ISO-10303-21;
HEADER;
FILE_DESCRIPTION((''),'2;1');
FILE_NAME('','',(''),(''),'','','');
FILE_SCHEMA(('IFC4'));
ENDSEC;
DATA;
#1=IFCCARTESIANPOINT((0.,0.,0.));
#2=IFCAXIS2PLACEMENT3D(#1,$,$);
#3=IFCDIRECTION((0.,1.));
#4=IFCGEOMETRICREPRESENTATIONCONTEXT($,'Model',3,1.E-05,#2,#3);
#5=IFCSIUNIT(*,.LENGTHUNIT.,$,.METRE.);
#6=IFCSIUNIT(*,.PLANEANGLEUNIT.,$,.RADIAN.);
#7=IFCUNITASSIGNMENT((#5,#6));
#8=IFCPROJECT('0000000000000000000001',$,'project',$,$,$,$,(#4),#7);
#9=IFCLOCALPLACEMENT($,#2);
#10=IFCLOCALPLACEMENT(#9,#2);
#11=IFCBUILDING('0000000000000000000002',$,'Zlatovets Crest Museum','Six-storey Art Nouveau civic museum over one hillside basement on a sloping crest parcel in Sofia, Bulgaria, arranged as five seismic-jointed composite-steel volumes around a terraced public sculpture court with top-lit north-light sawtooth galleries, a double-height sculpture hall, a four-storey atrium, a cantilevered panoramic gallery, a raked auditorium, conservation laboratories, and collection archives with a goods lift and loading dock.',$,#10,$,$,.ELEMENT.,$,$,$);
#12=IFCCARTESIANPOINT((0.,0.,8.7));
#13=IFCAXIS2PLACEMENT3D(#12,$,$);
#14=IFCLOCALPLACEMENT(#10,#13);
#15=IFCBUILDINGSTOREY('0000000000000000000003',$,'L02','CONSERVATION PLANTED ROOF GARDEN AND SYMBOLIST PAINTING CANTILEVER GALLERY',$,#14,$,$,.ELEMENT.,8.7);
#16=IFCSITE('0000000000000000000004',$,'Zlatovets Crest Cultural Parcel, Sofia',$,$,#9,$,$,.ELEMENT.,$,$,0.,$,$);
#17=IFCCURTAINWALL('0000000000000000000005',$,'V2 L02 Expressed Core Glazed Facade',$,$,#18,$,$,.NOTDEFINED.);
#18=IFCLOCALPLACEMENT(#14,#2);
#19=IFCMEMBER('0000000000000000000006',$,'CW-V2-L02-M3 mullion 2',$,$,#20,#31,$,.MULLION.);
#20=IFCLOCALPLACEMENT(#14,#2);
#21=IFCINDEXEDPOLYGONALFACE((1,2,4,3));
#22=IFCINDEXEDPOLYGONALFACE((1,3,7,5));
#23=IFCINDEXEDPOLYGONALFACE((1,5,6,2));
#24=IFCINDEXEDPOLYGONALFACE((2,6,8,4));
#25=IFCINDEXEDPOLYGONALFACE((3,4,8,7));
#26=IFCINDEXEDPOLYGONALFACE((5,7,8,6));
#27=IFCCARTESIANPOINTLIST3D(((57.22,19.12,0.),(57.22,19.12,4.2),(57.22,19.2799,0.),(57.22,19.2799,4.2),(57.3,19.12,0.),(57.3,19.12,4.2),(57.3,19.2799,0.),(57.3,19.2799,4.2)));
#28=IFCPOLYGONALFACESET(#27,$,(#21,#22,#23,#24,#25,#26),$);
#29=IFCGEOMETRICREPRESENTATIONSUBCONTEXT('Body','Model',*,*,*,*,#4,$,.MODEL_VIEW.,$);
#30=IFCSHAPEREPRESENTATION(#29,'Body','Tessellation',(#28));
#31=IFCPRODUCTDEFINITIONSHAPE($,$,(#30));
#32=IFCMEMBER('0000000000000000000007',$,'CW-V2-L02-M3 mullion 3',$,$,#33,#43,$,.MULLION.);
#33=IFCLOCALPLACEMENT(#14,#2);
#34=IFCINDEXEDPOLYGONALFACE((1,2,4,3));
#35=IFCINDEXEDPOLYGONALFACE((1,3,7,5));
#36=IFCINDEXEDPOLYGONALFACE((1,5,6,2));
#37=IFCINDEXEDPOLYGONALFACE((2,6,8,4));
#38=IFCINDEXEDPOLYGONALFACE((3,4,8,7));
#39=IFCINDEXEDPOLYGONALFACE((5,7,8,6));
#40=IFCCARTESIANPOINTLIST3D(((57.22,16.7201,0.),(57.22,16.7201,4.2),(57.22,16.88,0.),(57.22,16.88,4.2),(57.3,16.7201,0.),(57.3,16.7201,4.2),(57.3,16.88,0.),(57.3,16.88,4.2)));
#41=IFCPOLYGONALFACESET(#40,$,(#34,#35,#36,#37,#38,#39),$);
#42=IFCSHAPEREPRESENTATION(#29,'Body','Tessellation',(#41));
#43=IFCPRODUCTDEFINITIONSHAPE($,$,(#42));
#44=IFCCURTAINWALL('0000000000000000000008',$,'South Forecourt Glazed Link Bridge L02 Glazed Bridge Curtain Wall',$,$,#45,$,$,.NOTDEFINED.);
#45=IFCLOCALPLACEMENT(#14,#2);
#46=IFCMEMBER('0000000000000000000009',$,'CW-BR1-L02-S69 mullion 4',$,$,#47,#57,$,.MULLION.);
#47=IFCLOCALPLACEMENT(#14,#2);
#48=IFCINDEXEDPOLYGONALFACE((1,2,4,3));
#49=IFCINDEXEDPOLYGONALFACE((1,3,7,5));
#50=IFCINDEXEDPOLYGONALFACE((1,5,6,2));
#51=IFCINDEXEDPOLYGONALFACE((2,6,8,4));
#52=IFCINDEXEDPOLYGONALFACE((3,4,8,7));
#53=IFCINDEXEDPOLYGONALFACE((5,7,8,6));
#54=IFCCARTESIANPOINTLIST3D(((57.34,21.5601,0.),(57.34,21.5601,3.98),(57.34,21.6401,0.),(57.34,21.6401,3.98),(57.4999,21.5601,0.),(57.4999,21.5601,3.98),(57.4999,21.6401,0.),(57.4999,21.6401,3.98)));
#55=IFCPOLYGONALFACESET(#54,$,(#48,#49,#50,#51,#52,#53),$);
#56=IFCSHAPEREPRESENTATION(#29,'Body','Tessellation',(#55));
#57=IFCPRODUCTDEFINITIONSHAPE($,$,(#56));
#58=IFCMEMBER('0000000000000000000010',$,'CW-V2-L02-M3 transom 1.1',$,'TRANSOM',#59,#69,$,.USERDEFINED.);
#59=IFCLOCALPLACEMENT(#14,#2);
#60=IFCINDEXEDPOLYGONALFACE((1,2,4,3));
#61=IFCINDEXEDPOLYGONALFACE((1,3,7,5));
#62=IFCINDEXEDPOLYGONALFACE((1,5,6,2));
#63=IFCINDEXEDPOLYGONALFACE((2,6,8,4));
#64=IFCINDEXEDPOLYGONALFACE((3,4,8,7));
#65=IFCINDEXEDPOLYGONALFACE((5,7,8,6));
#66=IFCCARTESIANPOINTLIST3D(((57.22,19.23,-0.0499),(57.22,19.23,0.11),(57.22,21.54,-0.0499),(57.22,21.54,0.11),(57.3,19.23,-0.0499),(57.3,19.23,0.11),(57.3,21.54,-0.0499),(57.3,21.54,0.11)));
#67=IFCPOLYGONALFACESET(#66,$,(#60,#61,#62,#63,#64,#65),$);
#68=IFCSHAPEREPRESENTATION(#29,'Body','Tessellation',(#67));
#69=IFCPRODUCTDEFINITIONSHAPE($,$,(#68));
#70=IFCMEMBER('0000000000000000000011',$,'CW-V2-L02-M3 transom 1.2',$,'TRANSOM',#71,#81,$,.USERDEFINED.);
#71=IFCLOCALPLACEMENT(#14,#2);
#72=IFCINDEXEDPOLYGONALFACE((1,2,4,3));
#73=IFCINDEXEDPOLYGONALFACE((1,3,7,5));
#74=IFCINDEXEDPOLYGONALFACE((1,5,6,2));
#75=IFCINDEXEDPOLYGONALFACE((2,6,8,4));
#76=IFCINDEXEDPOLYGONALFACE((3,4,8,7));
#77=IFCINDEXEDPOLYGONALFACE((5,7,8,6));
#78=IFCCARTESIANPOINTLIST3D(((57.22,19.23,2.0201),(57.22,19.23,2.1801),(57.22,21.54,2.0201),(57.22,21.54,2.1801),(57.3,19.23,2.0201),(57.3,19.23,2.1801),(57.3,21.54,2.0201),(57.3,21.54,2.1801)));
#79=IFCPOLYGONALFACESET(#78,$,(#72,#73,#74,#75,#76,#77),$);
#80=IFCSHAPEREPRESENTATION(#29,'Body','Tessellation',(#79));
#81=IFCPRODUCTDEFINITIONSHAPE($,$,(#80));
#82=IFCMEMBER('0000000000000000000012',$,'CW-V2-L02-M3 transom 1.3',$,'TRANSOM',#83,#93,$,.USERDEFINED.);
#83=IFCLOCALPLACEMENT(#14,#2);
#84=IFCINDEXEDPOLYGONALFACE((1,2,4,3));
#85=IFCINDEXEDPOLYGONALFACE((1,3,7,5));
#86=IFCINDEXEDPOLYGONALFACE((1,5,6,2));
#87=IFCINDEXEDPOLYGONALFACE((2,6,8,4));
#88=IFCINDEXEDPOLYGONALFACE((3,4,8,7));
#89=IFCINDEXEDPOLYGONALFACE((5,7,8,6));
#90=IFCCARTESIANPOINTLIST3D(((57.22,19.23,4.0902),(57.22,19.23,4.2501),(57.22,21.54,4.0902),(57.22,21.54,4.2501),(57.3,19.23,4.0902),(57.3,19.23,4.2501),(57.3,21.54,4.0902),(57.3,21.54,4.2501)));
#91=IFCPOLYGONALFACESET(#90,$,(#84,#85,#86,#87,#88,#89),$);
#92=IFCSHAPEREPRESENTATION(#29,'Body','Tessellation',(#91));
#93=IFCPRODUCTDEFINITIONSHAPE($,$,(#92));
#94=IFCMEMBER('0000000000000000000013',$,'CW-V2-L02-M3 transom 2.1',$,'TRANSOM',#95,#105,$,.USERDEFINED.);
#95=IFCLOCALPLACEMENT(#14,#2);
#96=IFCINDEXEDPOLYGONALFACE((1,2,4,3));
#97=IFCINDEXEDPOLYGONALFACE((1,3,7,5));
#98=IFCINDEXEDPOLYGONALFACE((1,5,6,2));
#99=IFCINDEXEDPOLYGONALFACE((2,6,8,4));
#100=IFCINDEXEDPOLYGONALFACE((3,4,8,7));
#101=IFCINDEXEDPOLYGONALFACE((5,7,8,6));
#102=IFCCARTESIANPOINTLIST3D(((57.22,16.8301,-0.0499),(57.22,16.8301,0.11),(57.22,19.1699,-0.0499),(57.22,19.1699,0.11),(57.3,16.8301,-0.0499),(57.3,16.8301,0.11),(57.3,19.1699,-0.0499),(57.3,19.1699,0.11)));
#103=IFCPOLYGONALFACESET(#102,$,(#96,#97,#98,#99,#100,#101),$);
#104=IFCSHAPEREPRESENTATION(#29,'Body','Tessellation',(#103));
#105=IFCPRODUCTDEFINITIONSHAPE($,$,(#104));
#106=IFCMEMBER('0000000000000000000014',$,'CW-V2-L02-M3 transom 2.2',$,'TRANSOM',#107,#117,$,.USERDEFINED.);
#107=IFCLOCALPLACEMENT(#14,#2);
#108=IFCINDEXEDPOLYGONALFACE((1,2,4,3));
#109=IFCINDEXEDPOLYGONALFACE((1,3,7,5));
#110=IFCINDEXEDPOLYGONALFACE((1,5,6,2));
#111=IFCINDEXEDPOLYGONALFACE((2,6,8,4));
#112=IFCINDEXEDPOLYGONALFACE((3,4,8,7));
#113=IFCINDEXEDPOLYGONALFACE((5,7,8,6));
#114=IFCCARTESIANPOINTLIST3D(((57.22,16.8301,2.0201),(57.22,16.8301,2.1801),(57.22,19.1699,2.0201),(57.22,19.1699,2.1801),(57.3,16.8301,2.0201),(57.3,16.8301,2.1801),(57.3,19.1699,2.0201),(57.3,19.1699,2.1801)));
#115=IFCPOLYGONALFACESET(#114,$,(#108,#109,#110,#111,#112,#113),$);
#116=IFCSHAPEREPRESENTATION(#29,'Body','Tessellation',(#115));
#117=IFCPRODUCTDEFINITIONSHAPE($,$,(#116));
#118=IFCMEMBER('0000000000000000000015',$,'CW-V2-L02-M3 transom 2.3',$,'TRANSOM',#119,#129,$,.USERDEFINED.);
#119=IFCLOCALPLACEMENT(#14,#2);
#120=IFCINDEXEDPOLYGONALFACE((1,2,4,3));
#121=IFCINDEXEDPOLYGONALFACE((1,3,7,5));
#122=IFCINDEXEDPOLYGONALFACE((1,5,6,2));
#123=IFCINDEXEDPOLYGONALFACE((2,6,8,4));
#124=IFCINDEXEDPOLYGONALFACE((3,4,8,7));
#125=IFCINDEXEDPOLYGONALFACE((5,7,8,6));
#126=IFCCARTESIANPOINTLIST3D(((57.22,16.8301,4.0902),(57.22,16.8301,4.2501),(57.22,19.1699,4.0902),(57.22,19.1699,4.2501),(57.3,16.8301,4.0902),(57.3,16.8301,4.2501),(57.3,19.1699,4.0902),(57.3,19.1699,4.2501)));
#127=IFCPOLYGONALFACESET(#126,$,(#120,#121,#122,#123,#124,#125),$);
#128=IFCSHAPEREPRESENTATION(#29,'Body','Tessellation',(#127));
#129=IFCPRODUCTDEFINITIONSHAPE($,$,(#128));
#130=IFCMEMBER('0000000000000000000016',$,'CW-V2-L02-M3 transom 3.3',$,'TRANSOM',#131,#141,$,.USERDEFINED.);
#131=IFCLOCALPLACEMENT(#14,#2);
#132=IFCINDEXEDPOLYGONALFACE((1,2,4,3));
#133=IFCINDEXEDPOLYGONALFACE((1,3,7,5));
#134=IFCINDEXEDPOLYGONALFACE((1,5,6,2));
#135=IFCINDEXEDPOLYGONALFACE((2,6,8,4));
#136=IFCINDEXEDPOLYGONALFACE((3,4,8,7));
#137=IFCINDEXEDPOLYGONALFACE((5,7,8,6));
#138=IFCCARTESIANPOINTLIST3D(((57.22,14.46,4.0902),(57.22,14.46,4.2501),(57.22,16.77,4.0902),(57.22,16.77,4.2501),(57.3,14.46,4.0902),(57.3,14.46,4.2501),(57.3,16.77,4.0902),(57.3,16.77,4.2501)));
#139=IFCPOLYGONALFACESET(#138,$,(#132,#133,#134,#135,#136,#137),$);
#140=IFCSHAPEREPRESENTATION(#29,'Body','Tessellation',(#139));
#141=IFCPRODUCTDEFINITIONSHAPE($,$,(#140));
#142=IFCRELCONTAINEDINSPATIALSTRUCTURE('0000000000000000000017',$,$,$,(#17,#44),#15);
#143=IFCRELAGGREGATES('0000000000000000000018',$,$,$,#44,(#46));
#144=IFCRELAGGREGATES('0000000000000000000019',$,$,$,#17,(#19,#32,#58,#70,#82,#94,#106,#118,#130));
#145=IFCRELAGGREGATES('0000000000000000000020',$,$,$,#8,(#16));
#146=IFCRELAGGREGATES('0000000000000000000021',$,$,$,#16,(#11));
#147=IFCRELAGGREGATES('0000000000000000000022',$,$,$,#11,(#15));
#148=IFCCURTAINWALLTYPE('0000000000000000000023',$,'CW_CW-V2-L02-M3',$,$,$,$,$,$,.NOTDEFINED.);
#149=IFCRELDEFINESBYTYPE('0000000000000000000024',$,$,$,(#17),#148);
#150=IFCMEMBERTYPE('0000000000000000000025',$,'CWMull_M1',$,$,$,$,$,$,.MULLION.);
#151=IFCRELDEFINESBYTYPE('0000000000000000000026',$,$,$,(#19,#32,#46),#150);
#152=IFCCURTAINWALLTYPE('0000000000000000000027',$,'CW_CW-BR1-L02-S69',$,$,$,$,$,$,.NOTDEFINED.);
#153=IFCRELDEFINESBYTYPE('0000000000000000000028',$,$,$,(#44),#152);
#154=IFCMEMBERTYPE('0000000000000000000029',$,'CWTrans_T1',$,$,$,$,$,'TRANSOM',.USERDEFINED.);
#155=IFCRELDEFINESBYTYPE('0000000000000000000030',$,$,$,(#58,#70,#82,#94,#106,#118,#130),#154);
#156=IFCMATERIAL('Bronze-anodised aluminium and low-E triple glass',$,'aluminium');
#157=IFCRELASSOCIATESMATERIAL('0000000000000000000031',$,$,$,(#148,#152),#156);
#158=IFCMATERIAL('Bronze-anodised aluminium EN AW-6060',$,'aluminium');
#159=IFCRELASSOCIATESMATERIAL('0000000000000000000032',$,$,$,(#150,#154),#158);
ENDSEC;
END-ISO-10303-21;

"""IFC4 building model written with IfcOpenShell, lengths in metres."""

from ifc_helpers import new_model, si_unit, direction, frame, origin, origin_2d, place, context, subcontext, project, spatial, rectangle, extrude, material, material_profile, profile_set, type_object, element, aggregate, save


model = new_model("IFC4")

# Units and contexts
model_context = context("Model", 3, precision=1e-05, world=origin(), true_north=direction((0.0, 1.0)))
body_context = subcontext(model_context, "Body", "Model", "MODEL_VIEW")
ifc_project = project(units=[si_unit("LENGTHUNIT", "METRE"), si_unit("PLANEANGLEUNIT", "RADIAN")], contexts=[model_context])

# Site, building, storey
site_placement = place(None, origin())
site = spatial("IfcSite", under=ifc_project, at=site_placement, Name="Zlatovets Crest Cultural Parcel, Sofia", CompositionType="ELEMENT", RefElevation=0.0)
building_placement = place(site_placement, origin())
building = spatial("IfcBuilding", under=site, at=building_placement, Name="Zlatovets Crest Museum", Description="Six-storey Art Nouveau civic museum over one hillside basement on a sloping crest parcel in Sofia, Bulgaria, arranged as five seismic-jointed composite-steel volumes around a terraced public sculpture court with top-lit north-light sawtooth galleries, a double-height sculpture hall, a four-storey atrium, a cantilevered panoramic gallery, a raked auditorium, conservation laboratories, and collection archives with a goods lift and loading dock.", CompositionType="ELEMENT")
storey_placement = place(building_placement, frame((0.0, 0.0, 8.7)))
storey = spatial("IfcBuildingStorey", under=building, at=storey_placement, Name="L02", Description="CONSERVATION PLANTED ROOF GARDEN AND SYMBOLIST PAINTING CANTILEVER GALLERY", CompositionType="ELEMENT", Elevation=8.7)

# Curtain wall, members
ifc_material_1 = material(Name="Bronze-anodised aluminium and low-E triple glass", Category="aluminium")
curtain_wall_type_1 = type_object("IfcCurtainWallType", Name="CW_CW-V2-L02-M3", PredefinedType="NOTDEFINED", material=ifc_material_1)
curtain_wall_1_placement = place(storey_placement, origin())
curtain_wall_1 = element("IfcCurtainWall", 1, at=curtain_wall_1_placement, inside=storey, type_object=curtain_wall_type_1, Name="V2 L02 Expressed Core Glazed Facade", PredefinedType="NOTDEFINED")
ifc_material_2 = material(Name="Bronze-anodised aluminium EN AW-6060", Category="aluminium")
ifc_material_profile_1 = material_profile(ifc_material_2, rectangle(XDim=0.0801, YDim=0.1599, at=origin_2d()), Name="ALU 80x160")
ifc_profile_set_1 = profile_set([ifc_material_profile_1], Name="Bronze-anodised aluminium EN AW-6060")
member_type_1 = type_object("IfcMemberType", Name="CWMull_M1", PredefinedType="MULLION", material=ifc_profile_set_1)
member_1_placement = place(storey_placement, frame((57.26, 19.2, 0.0), z_axis=(0.0, 0.0, 1.0), x_axis=(1.0, 0.0, 0.0)))
member_1 = element("IfcMember", 2, at=member_1_placement, type_object=member_type_1, Name="CW-V2-L02-M3 mullion 2", PredefinedType="MULLION", context=body_context, shape_type="SweptSolid", body=[
    extrude(rectangle(XDim=0.0801, YDim=0.1599, at=origin_2d()), origin(), (0.0, 0.0, 1.0), 4.2),
])
member_2_placement = place(storey_placement, frame((57.26, 16.8, 0.0), z_axis=(0.0, 0.0, 1.0), x_axis=(1.0, 0.0, 0.0)))
member_2 = element("IfcMember", 3, at=member_2_placement, type_object=member_type_1, Name="CW-V2-L02-M3 mullion 3", PredefinedType="MULLION", context=body_context, shape_type="SweptSolid", body=[
    extrude(rectangle(XDim=0.0801, YDim=0.1599, at=origin_2d()), origin(), (0.0, 0.0, 1.0), 4.2),
])

# Curtain wall, member
curtain_wall_type_2 = type_object("IfcCurtainWallType", Name="CW_CW-BR1-L02-S69", PredefinedType="NOTDEFINED", material=ifc_material_1)
curtain_wall_2_placement = place(storey_placement, origin())
curtain_wall_2 = element("IfcCurtainWall", 4, at=curtain_wall_2_placement, inside=storey, type_object=curtain_wall_type_2, Name="South Forecourt Glazed Link Bridge L02 Glazed Bridge Curtain Wall", PredefinedType="NOTDEFINED")
member_3_placement = place(storey_placement, frame((57.4199, 21.6001, 0.0), z_axis=(0.0, 0.0, 1.0), x_axis=(0.0, 1.0, 0.0)))
member_3 = element("IfcMember", 5, at=member_3_placement, type_object=member_type_1, Name="CW-BR1-L02-S69 mullion 4", PredefinedType="MULLION", context=body_context, shape_type="SweptSolid", body=[
    extrude(rectangle(XDim=0.0801, YDim=0.1599, at=origin_2d()), origin(), (0.0, 0.0, 1.0), 3.98),
])
aggregate(curtain_wall_2, [member_3])

# Members
ifc_material_profile_2 = material_profile(ifc_material_2, rectangle(XDim=0.0801, YDim=0.1599, at=origin_2d()), Name="ALU 80x160")
ifc_profile_set_2 = profile_set([ifc_material_profile_2], Name="Bronze-anodised aluminium EN AW-6060")
member_type_2 = type_object("IfcMemberType", Name="CWTrans_T1", ElementType="TRANSOM", PredefinedType="USERDEFINED", material=ifc_profile_set_2)
member_4_placement = place(storey_placement, frame((57.26, 21.54, 0.03), z_axis=(0.0, -1.0, 0.0), x_axis=(1.0, 0.0, 0.0)))
member_4 = element("IfcMember", 6, at=member_4_placement, type_object=member_type_2, Name="CW-V2-L02-M3 transom 1.1", ObjectType="TRANSOM", PredefinedType="USERDEFINED", context=body_context, shape_type="SweptSolid", body=[
    extrude(rectangle(XDim=0.0801, YDim=0.1599, at=origin_2d()), origin(), (0.0, 0.0, 1.0), 2.3101),
])
member_5_placement = place(storey_placement, frame((57.26, 21.54, 2.1001), z_axis=(0.0, -1.0, 0.0), x_axis=(1.0, 0.0, 0.0)))
member_5 = element("IfcMember", 7, at=member_5_placement, type_object=member_type_2, Name="CW-V2-L02-M3 transom 1.2", ObjectType="TRANSOM", PredefinedType="USERDEFINED", context=body_context, shape_type="SweptSolid", body=[
    extrude(rectangle(XDim=0.0801, YDim=0.1599, at=origin_2d()), origin(), (0.0, 0.0, 1.0), 2.3101),
])
member_6_placement = place(storey_placement, frame((57.26, 21.54, 4.1702), z_axis=(0.0, -1.0, 0.0), x_axis=(1.0, 0.0, 0.0)))
member_6 = element("IfcMember", 8, at=member_6_placement, type_object=member_type_2, Name="CW-V2-L02-M3 transom 1.3", ObjectType="TRANSOM", PredefinedType="USERDEFINED", context=body_context, shape_type="SweptSolid", body=[
    extrude(rectangle(XDim=0.0801, YDim=0.1599, at=origin_2d()), origin(), (0.0, 0.0, 1.0), 2.3101),
])
member_7_placement = place(storey_placement, frame((57.26, 19.1699, 0.03), z_axis=(0.0, -1.0, 0.0), x_axis=(1.0, 0.0, 0.0)))
member_7 = element("IfcMember", 9, at=member_7_placement, type_object=member_type_2, Name="CW-V2-L02-M3 transom 2.1", ObjectType="TRANSOM", PredefinedType="USERDEFINED", context=body_context, shape_type="SweptSolid", body=[
    extrude(rectangle(XDim=0.0801, YDim=0.1599, at=origin_2d()), origin(), (0.0, 0.0, 1.0), 2.3398),
])
member_8_placement = place(storey_placement, frame((57.26, 19.1699, 2.1001), z_axis=(0.0, -1.0, 0.0), x_axis=(1.0, 0.0, 0.0)))
member_8 = element("IfcMember", 10, at=member_8_placement, type_object=member_type_2, Name="CW-V2-L02-M3 transom 2.2", ObjectType="TRANSOM", PredefinedType="USERDEFINED", context=body_context, shape_type="SweptSolid", body=[
    extrude(rectangle(XDim=0.0801, YDim=0.1599, at=origin_2d()), origin(), (0.0, 0.0, 1.0), 2.3398),
])
member_9_placement = place(storey_placement, frame((57.26, 19.1699, 4.1702), z_axis=(0.0, -1.0, 0.0), x_axis=(1.0, 0.0, 0.0)))
member_9 = element("IfcMember", 11, at=member_9_placement, type_object=member_type_2, Name="CW-V2-L02-M3 transom 2.3", ObjectType="TRANSOM", PredefinedType="USERDEFINED", context=body_context, shape_type="SweptSolid", body=[
    extrude(rectangle(XDim=0.0801, YDim=0.1599, at=origin_2d()), origin(), (0.0, 0.0, 1.0), 2.3398),
])
member_10_placement = place(storey_placement, frame((57.26, 16.77, 4.1702), z_axis=(0.0, -1.0, 0.0), x_axis=(1.0, 0.0, 0.0)))
member_10 = element("IfcMember", 12, at=member_10_placement, type_object=member_type_2, Name="CW-V2-L02-M3 transom 3.3", ObjectType="TRANSOM", PredefinedType="USERDEFINED", context=body_context, shape_type="SweptSolid", body=[
    extrude(rectangle(XDim=0.0801, YDim=0.1599, at=origin_2d()), origin(), (0.0, 0.0, 1.0), 2.3101),
])

aggregate(curtain_wall_1, [member_1, member_2, member_4, member_5, member_6, member_7, member_8, member_9, member_10])

save(model, "model.ifc")
